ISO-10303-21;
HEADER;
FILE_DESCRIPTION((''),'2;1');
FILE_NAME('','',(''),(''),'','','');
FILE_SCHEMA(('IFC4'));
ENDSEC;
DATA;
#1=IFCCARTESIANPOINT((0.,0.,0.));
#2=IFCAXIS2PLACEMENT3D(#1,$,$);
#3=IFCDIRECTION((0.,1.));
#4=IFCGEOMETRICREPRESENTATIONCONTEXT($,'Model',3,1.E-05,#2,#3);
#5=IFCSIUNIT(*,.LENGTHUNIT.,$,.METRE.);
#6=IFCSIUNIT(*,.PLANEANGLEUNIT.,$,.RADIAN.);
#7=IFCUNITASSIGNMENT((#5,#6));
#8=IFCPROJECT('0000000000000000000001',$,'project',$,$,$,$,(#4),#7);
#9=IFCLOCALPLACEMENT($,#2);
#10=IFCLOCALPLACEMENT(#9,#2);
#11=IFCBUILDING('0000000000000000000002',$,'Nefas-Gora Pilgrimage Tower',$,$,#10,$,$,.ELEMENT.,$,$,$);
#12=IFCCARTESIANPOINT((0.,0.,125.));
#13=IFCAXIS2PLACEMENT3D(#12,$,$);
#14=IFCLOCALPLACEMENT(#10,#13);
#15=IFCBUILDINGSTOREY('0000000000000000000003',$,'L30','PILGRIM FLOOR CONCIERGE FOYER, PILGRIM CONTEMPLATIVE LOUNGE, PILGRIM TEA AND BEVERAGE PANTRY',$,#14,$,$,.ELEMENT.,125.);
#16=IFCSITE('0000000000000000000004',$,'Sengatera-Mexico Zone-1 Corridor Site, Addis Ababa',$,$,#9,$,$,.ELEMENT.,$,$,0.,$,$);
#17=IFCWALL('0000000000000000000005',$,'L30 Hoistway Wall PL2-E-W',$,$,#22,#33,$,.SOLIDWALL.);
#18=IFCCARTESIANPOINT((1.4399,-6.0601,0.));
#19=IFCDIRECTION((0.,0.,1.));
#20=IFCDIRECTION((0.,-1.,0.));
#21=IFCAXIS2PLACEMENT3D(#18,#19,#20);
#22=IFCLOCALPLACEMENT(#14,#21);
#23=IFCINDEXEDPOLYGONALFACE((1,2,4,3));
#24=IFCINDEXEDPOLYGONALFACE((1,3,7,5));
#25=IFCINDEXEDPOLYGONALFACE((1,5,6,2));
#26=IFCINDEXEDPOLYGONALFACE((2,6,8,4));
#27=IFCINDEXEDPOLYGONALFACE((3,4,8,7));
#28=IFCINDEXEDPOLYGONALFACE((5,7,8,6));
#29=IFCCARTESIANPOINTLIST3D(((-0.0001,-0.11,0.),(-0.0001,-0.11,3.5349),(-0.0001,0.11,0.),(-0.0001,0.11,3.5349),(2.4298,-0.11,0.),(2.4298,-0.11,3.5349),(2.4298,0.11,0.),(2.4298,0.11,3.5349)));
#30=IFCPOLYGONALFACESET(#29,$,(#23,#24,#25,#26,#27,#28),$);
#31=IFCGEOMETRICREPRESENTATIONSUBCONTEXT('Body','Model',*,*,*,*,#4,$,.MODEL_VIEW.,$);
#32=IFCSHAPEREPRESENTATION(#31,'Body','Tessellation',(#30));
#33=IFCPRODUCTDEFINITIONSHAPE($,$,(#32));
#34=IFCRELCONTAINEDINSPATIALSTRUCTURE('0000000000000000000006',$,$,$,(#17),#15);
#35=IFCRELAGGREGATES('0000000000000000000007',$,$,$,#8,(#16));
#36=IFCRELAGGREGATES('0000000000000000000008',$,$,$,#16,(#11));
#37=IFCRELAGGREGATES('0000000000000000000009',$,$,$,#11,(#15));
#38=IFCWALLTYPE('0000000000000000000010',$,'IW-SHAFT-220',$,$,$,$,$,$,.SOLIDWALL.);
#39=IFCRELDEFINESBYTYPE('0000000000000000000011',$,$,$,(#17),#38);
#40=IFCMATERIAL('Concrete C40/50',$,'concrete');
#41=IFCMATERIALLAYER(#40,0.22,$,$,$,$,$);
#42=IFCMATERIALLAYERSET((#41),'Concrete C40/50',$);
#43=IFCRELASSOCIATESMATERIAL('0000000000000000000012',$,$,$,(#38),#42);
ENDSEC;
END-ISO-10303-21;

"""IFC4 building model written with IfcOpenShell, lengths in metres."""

from ifc_helpers import new_model, si_unit, direction, frame, frame_2d, origin, place, context, subcontext, project, spatial, rectangle, extrude, source, transform, mapped, material, layer, layer_set, type_object, element, save


model = new_model("IFC4")

# Units and contexts
model_context = context("Model", 3, precision=1e-05, world=origin(), true_north=direction((0.0, 1.0)))
body_context = subcontext(model_context, "Body", "Model", "MODEL_VIEW")
ifc_project = project(units=[si_unit("LENGTHUNIT", "METRE"), si_unit("PLANEANGLEUNIT", "RADIAN")], contexts=[model_context])

# Site, building, storey
site_placement = place(None, origin())
site = spatial("IfcSite", under=ifc_project, at=site_placement, Name="Sengatera-Mexico Zone-1 Corridor Site, Addis Ababa", CompositionType="ELEMENT", RefElevation=0.0)
building_placement = place(site_placement, origin())
building = spatial("IfcBuilding", under=site, at=building_placement, Name="Nefas-Gora Pilgrimage Tower", CompositionType="ELEMENT")
storey_placement = place(building_placement, frame((0.0, 0.0, 125.0)))
storey = spatial("IfcBuildingStorey", under=building, at=storey_placement, Name="L30", Description="PILGRIM FLOOR CONCIERGE FOYER, PILGRIM CONTEMPLATIVE LOUNGE, PILGRIM TEA AND BEVERAGE PANTRY", CompositionType="ELEMENT", Elevation=125.0)

# Shared definitions
ifc_material_1 = material(Name="Concrete C40/50", Category="concrete")
ifc_layer_1 = layer(ifc_material_1, 0.22)
ifc_layer_set_1 = layer_set([ifc_layer_1], Name="Concrete C40/50")
wall_type_1 = type_object("IfcWallType", Name="IW-SHAFT-220", PredefinedType="SOLIDWALL", material=ifc_layer_set_1)

# Wall
shared_shape_1 = source(origin(), body_context, "Body", "SweptSolid", [
    extrude(rectangle(XDim=2.4299, YDim=0.22, at=frame_2d((1.2148, 0.0))), origin(), (0.0, 0.0, 1.0), 3.5349),
])
for number, where, z_axis, x_axis, name in (
    (1, (1.4399, -6.0601, 0.0), (0.0, 0.0, 1.0), (0.0, -1.0, 0.0), "L30 Hoistway Wall PL2-E-W"),
):
    element("IfcWall", number, at=place(storey_placement, frame(where, z_axis=z_axis, x_axis=x_axis)), inside=storey, type_object=wall_type_1, Name=name, PredefinedType="SOLIDWALL", context=body_context, shape_type="MappedRepresentation", body=[
        mapped(shared_shape_1, transform((0.0, 0.0, 0.0), x_axis=(1.0, 0.0, 0.0), y_axis=(0.0, 1.0, 0.0), z_axis=(0.0, 0.0, 1.0), scale=1.0)),
    ])

save(model, "model.ifc")
